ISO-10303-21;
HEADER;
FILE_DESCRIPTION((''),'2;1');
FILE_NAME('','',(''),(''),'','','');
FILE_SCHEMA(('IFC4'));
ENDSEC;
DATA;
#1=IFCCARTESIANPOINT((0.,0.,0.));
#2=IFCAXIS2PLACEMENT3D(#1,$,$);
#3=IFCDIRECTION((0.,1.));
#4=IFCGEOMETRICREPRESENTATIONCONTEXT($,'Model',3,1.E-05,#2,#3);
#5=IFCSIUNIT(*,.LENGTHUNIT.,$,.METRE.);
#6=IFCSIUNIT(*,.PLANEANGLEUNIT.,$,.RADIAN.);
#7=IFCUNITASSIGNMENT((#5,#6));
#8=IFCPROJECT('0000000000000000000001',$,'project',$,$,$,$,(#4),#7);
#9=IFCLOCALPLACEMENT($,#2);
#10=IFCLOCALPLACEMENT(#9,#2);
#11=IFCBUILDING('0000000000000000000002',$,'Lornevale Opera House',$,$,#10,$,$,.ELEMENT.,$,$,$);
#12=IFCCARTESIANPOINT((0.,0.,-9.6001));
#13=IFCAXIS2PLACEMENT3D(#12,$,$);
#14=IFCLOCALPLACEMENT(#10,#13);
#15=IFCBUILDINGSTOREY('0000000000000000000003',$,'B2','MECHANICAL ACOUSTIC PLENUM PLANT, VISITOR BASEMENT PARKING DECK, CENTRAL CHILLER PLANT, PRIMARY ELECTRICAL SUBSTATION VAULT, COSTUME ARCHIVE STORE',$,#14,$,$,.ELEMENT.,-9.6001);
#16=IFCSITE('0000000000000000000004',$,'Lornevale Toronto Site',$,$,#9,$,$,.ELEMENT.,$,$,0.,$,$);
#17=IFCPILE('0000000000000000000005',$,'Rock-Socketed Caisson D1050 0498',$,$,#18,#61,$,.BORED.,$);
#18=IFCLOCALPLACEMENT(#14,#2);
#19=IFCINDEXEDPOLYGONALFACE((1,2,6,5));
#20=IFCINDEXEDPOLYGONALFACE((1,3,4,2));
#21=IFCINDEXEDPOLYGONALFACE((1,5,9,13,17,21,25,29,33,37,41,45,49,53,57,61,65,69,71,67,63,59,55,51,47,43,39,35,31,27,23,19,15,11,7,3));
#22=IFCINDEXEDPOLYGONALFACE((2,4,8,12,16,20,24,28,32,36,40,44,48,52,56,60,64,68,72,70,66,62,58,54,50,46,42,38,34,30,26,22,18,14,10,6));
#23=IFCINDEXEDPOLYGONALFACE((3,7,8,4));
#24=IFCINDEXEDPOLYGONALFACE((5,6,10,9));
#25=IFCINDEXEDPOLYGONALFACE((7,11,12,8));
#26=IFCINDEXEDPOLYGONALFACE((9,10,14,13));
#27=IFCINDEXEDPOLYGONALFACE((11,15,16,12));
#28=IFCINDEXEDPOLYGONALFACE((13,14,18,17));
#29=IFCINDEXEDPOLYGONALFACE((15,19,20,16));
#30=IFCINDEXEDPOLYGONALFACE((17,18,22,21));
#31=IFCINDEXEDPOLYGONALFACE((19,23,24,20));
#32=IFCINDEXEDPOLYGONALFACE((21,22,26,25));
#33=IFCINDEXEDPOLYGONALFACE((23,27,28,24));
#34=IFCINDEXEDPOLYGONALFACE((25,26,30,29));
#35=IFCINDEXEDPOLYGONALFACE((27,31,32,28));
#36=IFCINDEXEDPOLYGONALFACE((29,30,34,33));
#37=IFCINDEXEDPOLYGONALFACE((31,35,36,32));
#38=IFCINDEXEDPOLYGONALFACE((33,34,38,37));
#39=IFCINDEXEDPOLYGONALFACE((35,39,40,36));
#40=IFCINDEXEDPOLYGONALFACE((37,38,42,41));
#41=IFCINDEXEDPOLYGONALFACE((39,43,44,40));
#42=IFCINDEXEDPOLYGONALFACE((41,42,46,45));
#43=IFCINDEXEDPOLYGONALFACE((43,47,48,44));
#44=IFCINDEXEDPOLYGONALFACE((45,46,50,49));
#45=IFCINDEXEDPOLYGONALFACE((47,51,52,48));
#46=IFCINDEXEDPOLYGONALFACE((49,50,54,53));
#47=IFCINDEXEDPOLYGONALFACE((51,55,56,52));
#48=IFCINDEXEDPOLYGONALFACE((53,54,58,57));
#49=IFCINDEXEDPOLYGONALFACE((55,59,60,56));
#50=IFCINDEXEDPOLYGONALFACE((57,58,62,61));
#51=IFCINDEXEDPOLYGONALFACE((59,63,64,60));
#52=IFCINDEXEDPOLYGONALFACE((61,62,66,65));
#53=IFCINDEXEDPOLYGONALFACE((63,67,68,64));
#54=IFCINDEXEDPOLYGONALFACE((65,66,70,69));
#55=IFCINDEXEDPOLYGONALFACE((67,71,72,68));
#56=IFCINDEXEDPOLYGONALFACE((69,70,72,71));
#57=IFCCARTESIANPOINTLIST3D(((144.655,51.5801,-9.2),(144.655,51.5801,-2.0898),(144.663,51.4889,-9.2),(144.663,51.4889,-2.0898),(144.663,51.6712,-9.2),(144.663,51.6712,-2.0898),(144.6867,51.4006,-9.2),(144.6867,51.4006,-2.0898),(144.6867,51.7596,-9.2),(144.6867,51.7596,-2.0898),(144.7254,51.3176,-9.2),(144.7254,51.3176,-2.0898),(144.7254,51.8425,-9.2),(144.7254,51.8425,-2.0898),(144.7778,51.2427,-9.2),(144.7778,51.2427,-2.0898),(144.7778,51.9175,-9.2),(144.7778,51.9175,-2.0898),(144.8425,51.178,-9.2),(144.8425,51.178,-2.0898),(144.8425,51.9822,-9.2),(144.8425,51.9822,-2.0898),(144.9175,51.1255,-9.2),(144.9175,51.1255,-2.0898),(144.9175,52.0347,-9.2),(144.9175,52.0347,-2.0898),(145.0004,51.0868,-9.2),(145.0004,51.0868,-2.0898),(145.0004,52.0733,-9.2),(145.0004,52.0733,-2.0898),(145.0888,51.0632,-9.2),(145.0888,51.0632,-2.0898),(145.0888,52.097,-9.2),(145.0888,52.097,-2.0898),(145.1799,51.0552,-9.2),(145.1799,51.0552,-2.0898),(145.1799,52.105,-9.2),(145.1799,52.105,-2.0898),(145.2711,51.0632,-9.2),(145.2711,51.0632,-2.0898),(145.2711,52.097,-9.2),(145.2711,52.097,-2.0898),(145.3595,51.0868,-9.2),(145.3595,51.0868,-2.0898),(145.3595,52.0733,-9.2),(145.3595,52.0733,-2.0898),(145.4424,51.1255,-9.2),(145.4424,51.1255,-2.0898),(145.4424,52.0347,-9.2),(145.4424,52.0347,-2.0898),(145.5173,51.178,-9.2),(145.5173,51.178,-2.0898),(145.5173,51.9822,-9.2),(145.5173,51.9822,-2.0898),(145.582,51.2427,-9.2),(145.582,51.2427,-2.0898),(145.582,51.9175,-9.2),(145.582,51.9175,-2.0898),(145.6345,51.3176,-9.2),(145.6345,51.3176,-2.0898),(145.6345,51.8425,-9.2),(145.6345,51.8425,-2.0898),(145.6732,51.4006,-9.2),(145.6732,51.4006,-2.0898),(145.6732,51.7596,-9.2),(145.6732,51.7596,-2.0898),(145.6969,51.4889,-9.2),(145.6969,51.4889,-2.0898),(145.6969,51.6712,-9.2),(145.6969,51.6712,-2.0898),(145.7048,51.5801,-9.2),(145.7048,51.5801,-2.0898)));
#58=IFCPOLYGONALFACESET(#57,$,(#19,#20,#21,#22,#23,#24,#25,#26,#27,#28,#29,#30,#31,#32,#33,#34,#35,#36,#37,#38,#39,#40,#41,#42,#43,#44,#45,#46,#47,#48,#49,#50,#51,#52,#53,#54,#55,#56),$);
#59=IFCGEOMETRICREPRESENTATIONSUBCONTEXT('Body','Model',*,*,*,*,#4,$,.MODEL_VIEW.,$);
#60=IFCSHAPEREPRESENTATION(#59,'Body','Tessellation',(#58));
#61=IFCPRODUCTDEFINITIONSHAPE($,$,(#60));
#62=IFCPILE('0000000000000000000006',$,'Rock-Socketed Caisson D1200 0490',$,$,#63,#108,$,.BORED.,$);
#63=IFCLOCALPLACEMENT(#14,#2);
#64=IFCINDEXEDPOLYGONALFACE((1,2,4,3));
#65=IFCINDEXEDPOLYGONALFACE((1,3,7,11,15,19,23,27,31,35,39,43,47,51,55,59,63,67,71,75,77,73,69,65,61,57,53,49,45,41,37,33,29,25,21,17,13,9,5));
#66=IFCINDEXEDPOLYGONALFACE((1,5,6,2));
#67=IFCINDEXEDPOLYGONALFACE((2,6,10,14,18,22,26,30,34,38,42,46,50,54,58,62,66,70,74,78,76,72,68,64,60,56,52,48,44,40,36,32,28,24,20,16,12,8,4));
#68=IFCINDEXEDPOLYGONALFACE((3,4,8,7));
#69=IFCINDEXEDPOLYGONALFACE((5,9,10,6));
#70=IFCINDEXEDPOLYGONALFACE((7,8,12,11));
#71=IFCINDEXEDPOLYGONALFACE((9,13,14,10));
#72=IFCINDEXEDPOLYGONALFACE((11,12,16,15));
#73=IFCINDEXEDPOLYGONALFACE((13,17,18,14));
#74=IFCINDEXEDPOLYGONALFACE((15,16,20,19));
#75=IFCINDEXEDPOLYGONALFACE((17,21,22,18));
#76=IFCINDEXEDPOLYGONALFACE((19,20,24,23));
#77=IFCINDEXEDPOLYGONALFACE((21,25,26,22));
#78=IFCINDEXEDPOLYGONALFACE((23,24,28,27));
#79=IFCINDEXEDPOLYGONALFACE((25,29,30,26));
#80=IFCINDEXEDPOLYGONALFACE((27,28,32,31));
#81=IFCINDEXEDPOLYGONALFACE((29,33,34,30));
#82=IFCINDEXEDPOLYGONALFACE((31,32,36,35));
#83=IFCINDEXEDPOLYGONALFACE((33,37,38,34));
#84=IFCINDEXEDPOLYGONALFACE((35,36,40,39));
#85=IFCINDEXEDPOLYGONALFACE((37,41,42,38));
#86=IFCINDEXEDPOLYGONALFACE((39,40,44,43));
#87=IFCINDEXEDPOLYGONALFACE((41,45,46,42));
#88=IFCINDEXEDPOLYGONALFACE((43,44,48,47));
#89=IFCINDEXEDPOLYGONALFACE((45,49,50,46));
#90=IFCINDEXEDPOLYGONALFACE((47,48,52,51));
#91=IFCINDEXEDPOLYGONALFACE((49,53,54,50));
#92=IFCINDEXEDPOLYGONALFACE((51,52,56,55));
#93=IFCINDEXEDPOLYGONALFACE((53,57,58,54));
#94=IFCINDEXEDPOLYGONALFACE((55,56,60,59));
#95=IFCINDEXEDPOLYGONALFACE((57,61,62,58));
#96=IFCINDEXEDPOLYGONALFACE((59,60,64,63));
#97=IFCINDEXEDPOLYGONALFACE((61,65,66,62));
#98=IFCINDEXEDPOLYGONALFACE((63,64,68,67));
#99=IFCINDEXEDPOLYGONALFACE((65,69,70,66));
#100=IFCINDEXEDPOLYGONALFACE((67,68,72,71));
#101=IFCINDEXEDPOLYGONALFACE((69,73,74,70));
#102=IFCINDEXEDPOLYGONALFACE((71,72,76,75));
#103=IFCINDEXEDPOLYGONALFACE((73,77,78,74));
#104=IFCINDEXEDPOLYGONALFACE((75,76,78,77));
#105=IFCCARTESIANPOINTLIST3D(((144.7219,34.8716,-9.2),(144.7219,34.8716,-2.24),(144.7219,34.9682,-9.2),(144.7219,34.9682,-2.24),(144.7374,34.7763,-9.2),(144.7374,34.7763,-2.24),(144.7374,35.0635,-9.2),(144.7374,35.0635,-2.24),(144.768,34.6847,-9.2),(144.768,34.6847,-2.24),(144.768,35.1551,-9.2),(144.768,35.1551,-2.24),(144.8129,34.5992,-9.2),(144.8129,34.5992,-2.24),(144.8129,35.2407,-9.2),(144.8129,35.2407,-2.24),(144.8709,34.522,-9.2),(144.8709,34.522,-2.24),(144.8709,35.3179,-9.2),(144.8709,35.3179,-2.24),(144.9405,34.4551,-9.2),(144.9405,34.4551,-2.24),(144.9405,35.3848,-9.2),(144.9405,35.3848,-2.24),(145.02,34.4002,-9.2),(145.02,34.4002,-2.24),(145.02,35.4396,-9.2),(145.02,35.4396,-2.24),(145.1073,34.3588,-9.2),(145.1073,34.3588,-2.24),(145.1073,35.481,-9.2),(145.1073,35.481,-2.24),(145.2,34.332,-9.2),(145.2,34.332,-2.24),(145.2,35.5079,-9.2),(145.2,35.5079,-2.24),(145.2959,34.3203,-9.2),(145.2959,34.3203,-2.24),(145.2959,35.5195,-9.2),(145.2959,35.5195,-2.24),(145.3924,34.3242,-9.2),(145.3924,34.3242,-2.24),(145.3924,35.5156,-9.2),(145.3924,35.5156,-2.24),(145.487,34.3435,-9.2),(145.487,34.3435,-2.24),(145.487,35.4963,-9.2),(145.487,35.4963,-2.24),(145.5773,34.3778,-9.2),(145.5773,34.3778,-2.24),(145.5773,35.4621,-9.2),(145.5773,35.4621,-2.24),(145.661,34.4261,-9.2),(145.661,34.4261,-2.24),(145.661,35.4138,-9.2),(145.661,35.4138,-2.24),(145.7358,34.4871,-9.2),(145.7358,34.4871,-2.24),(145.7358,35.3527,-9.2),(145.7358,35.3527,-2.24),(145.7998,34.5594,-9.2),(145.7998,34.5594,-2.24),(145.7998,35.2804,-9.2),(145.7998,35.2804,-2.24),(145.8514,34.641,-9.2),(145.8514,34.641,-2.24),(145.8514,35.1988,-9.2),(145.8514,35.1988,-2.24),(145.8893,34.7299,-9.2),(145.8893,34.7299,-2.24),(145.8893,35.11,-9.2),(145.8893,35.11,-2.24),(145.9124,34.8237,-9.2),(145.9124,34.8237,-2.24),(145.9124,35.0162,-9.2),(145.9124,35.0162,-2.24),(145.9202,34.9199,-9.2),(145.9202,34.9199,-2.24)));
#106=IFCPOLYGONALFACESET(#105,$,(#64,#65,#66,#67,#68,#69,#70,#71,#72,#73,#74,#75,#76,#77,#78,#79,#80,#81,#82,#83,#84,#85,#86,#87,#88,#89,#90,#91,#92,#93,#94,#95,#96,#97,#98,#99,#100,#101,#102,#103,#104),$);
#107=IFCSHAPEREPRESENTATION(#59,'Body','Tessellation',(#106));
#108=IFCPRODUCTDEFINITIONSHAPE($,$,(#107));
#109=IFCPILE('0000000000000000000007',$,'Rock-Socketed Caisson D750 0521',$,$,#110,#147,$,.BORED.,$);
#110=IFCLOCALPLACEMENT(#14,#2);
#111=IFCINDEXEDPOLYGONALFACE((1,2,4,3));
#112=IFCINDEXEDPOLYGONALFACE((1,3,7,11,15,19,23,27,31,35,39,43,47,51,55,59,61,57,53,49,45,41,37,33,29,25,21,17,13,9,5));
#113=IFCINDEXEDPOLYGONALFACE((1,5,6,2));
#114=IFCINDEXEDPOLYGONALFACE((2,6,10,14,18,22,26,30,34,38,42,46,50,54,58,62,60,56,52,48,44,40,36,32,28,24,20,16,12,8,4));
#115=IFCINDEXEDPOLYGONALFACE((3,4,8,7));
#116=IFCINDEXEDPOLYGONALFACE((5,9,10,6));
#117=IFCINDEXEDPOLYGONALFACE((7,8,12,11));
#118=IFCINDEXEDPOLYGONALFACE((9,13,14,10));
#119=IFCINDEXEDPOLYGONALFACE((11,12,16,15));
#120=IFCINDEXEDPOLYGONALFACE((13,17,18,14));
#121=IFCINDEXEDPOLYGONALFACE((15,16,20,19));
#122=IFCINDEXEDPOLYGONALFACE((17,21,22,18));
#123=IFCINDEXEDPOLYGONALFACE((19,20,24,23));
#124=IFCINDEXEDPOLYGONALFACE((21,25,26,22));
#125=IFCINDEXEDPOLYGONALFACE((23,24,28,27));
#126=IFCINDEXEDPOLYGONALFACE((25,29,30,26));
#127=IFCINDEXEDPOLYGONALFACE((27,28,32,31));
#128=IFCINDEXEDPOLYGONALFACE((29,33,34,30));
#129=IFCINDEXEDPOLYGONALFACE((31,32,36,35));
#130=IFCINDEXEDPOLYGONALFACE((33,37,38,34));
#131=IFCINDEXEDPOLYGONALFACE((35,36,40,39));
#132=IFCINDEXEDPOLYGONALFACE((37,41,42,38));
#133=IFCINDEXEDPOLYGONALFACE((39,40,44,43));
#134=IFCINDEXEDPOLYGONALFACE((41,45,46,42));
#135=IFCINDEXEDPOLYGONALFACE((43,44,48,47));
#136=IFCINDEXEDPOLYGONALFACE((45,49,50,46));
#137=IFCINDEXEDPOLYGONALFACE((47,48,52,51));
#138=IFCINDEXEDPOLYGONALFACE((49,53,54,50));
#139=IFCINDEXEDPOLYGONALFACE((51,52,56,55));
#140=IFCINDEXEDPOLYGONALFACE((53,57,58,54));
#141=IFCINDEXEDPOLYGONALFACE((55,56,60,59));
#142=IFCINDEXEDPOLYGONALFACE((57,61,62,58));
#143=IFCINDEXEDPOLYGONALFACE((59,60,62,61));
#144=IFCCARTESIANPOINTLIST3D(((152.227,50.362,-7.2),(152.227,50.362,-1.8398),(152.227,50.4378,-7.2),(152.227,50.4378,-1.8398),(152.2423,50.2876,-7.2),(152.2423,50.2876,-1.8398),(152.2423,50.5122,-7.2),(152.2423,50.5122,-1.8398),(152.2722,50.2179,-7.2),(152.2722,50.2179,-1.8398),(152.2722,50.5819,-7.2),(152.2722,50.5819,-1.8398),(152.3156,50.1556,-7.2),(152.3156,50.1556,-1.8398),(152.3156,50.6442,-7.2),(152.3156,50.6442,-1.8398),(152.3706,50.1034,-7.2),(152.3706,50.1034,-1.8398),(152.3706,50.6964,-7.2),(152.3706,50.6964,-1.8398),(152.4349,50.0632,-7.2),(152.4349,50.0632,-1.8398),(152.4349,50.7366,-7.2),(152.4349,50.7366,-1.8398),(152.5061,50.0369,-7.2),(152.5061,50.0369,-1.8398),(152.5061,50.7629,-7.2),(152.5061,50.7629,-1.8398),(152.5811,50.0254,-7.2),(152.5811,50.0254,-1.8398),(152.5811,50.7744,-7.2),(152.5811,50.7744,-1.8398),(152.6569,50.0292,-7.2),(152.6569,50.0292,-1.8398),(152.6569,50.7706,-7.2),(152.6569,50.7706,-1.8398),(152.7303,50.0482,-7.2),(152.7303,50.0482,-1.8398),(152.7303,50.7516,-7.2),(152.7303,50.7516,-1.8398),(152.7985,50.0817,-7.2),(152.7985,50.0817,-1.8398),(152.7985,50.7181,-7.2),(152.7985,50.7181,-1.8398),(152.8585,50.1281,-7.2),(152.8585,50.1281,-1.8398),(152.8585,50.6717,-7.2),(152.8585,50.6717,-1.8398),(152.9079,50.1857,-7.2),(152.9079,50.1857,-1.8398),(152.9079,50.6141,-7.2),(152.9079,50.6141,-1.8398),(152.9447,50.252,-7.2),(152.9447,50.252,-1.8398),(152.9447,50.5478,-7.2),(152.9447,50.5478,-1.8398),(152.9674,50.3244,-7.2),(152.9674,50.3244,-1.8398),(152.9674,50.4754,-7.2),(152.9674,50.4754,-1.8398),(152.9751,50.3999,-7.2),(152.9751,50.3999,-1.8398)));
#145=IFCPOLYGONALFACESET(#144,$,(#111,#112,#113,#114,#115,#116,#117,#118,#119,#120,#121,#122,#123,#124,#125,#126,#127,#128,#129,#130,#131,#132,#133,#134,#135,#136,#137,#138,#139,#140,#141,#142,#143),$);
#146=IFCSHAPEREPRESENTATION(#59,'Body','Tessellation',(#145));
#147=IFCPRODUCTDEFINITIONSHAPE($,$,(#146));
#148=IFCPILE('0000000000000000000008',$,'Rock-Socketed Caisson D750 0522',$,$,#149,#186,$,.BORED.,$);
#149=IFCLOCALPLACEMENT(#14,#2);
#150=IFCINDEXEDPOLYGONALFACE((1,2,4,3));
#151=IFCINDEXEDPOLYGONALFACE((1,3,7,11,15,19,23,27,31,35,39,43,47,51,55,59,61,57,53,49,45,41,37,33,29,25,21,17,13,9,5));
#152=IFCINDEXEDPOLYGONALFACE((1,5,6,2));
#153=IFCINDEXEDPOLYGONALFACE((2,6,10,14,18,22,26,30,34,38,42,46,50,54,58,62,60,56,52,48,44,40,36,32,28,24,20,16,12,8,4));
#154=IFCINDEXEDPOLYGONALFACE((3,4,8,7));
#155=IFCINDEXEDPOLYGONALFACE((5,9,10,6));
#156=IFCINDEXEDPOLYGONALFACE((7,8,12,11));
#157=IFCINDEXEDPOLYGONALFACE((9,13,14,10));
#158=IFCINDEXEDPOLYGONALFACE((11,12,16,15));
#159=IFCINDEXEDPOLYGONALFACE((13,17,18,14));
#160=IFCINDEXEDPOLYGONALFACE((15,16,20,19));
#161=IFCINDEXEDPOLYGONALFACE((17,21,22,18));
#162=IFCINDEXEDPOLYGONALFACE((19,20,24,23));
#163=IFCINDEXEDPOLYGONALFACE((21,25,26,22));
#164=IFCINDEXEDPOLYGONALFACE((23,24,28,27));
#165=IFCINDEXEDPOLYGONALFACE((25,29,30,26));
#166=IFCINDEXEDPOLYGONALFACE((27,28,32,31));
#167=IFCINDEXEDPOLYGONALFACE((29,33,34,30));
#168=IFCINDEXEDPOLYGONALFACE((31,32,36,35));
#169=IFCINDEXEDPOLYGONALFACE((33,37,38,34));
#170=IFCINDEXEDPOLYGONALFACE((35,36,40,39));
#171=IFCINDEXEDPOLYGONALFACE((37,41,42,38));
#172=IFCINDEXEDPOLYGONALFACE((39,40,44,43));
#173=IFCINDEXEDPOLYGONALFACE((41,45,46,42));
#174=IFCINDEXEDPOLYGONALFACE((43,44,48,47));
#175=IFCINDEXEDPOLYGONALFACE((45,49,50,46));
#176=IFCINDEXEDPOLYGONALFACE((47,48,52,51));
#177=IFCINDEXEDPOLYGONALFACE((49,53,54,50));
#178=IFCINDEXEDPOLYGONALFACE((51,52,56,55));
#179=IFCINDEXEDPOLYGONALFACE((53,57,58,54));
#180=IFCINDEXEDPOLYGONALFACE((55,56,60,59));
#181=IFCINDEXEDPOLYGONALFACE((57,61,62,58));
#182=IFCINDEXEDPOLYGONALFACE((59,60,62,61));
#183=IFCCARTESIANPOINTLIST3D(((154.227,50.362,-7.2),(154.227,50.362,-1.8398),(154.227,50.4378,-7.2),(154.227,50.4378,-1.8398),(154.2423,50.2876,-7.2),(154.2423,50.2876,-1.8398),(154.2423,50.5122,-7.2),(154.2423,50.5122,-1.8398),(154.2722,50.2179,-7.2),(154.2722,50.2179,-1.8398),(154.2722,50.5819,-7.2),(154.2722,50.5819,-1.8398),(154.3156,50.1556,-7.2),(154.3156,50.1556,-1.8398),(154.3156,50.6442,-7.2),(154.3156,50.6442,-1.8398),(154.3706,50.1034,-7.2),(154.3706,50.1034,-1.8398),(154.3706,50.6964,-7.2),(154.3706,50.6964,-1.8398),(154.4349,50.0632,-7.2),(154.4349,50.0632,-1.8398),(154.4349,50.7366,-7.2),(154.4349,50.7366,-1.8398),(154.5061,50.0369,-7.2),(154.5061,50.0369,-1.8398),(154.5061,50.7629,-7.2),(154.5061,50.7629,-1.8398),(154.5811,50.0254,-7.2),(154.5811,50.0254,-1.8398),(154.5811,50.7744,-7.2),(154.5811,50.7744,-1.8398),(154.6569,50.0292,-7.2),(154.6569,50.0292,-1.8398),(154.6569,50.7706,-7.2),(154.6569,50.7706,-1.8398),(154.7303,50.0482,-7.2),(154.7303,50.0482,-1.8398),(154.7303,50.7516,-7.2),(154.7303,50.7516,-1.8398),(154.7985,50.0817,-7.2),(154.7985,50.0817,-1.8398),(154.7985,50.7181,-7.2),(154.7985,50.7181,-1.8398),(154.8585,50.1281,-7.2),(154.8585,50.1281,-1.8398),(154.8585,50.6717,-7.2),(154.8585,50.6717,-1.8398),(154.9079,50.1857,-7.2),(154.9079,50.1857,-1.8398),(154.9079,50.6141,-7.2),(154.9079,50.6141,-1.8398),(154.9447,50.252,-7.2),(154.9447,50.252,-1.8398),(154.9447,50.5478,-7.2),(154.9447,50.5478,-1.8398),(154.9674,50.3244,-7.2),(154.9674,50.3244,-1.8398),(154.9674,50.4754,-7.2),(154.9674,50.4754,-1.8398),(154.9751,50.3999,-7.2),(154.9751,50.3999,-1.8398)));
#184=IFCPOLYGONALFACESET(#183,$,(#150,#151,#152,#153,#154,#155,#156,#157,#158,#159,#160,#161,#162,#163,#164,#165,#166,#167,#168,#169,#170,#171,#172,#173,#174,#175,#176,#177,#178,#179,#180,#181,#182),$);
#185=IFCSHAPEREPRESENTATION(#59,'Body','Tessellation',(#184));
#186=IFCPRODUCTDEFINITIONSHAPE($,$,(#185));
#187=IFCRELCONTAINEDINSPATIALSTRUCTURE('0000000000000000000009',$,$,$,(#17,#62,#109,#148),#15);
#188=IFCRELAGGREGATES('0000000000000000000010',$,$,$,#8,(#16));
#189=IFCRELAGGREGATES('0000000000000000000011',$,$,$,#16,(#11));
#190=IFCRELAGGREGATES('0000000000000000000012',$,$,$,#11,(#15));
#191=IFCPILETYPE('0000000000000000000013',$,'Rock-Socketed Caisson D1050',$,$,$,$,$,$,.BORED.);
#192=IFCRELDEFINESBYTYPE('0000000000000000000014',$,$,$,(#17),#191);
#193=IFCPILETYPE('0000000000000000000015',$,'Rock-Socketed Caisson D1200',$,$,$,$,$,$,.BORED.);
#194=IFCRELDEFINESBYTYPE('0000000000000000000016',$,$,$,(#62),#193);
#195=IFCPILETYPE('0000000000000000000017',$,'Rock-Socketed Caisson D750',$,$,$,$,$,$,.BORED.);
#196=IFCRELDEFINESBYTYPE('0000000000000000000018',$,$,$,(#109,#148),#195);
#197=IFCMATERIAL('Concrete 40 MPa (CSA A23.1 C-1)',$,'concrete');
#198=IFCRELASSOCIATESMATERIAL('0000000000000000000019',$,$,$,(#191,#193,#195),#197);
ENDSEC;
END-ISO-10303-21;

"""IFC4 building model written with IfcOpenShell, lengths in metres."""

from ifc_helpers import new_model, si_unit, direction, frame, origin, origin_2d, place, context, subcontext, project, spatial, circle, extrude, material, material_profile, profile_set, type_object, element, save


model = new_model("IFC4")

# Units and contexts
model_context = context("Model", 3, precision=1e-05, world=origin(), true_north=direction((0.0, 1.0)))
body_context = subcontext(model_context, "Body", "Model", "MODEL_VIEW")
ifc_project = project(units=[si_unit("LENGTHUNIT", "METRE"), si_unit("PLANEANGLEUNIT", "RADIAN")], contexts=[model_context])

# Site, building, storey
site_placement = place(None, origin())
site = spatial("IfcSite", under=ifc_project, at=site_placement, Name="Lornevale Toronto Site", CompositionType="ELEMENT", RefElevation=0.0)
building_placement = place(site_placement, origin())
building = spatial("IfcBuilding", under=site, at=building_placement, Name="Lornevale Opera House", CompositionType="ELEMENT")
storey_placement = place(building_placement, frame((0.0, 0.0, -9.6001)))
storey = spatial("IfcBuildingStorey", under=building, at=storey_placement, Name="B2", Description="MECHANICAL ACOUSTIC PLENUM PLANT, VISITOR BASEMENT PARKING DECK, CENTRAL CHILLER PLANT, PRIMARY ELECTRICAL SUBSTATION VAULT, COSTUME ARCHIVE STORE", CompositionType="ELEMENT", Elevation=-9.6001)

# Piles
ifc_material_1 = material(Name="Concrete 40 MPa (CSA A23.1 C-1)", Category="concrete")
ifc_material_profile_1 = material_profile(ifc_material_1, circle(Radius=0.5249, at=origin_2d()), Name="CAIS1050")
ifc_profile_set_1 = profile_set([ifc_material_profile_1], Name="Concrete 40 MPa (CSA A23.1 C-1)")
pile_type_1 = type_object("IfcPileType", Name="Rock-Socketed Caisson D1050", PredefinedType="BORED", material=ifc_profile_set_1)
for number, where, z_axis, x_axis, name in (
    (1, (145.1799, 51.5801, -2.0898), (0.0, 0.0, -1.0), (1.0, 0.0, 0.0), "Rock-Socketed Caisson D1050 0498"),
):
    element("IfcPile", number, at=place(storey_placement, frame(where, z_axis=z_axis, x_axis=x_axis)), inside=storey, type_object=pile_type_1, Name=name, PredefinedType="BORED", context=body_context, shape_type="SweptSolid", body=[
        extrude(circle(Radius=0.5249, at=origin_2d()), origin(), (0.0, 0.0, 1.0), 7.1101),
    ])
ifc_material_profile_2 = material_profile(ifc_material_1, circle(Radius=0.6001, at=origin_2d()), Name="CAIS1200")
ifc_profile_set_2 = profile_set([ifc_material_profile_2], Name="Concrete 40 MPa (CSA A23.1 C-1)")
pile_type_2 = type_object("IfcPileType", Name="Rock-Socketed Caisson D1200", PredefinedType="BORED", material=ifc_profile_set_2)
pile_placement = place(storey_placement, frame((145.3201, 34.9199, -2.24), z_axis=(0.0, 0.0, -1.0), x_axis=(1.0, 0.0, 0.0)))
element("IfcPile", 2, at=pile_placement, inside=storey, type_object=pile_type_2, Name="Rock-Socketed Caisson D1200 0490", PredefinedType="BORED", context=body_context, shape_type="SweptSolid", body=[
    extrude(circle(Radius=0.6001, at=origin_2d()), origin(), (0.0, 0.0, 1.0), 6.96),
])
ifc_material_profile_3 = material_profile(ifc_material_1, circle(Radius=0.375, at=origin_2d()), Name="CAIS750")
ifc_profile_set_3 = profile_set([ifc_material_profile_3], Name="Concrete 40 MPa (CSA A23.1 C-1)")
pile_type_3 = type_object("IfcPileType", Name="Rock-Socketed Caisson D750", PredefinedType="BORED", material=ifc_profile_set_3)
for number, where, z_axis, x_axis, name in (
    (3, (152.6001, 50.3999, -1.8398), (0.0, 0.0, -1.0), (1.0, 0.0, 0.0), "Rock-Socketed Caisson D750 0521"),
    (4, (154.6001, 50.3999, -1.8398), (0.0, 0.0, -1.0), (1.0, 0.0, 0.0), "Rock-Socketed Caisson D750 0522"),
):
    element("IfcPile", number, at=place(storey_placement, frame(where, z_axis=z_axis, x_axis=x_axis)), inside=storey, type_object=pile_type_3, Name=name, PredefinedType="BORED", context=body_context, shape_type="SweptSolid", body=[
        extrude(circle(Radius=0.375, at=origin_2d()), origin(), (0.0, 0.0, 1.0), 5.3601),
    ])

save(model, "model.ifc")
